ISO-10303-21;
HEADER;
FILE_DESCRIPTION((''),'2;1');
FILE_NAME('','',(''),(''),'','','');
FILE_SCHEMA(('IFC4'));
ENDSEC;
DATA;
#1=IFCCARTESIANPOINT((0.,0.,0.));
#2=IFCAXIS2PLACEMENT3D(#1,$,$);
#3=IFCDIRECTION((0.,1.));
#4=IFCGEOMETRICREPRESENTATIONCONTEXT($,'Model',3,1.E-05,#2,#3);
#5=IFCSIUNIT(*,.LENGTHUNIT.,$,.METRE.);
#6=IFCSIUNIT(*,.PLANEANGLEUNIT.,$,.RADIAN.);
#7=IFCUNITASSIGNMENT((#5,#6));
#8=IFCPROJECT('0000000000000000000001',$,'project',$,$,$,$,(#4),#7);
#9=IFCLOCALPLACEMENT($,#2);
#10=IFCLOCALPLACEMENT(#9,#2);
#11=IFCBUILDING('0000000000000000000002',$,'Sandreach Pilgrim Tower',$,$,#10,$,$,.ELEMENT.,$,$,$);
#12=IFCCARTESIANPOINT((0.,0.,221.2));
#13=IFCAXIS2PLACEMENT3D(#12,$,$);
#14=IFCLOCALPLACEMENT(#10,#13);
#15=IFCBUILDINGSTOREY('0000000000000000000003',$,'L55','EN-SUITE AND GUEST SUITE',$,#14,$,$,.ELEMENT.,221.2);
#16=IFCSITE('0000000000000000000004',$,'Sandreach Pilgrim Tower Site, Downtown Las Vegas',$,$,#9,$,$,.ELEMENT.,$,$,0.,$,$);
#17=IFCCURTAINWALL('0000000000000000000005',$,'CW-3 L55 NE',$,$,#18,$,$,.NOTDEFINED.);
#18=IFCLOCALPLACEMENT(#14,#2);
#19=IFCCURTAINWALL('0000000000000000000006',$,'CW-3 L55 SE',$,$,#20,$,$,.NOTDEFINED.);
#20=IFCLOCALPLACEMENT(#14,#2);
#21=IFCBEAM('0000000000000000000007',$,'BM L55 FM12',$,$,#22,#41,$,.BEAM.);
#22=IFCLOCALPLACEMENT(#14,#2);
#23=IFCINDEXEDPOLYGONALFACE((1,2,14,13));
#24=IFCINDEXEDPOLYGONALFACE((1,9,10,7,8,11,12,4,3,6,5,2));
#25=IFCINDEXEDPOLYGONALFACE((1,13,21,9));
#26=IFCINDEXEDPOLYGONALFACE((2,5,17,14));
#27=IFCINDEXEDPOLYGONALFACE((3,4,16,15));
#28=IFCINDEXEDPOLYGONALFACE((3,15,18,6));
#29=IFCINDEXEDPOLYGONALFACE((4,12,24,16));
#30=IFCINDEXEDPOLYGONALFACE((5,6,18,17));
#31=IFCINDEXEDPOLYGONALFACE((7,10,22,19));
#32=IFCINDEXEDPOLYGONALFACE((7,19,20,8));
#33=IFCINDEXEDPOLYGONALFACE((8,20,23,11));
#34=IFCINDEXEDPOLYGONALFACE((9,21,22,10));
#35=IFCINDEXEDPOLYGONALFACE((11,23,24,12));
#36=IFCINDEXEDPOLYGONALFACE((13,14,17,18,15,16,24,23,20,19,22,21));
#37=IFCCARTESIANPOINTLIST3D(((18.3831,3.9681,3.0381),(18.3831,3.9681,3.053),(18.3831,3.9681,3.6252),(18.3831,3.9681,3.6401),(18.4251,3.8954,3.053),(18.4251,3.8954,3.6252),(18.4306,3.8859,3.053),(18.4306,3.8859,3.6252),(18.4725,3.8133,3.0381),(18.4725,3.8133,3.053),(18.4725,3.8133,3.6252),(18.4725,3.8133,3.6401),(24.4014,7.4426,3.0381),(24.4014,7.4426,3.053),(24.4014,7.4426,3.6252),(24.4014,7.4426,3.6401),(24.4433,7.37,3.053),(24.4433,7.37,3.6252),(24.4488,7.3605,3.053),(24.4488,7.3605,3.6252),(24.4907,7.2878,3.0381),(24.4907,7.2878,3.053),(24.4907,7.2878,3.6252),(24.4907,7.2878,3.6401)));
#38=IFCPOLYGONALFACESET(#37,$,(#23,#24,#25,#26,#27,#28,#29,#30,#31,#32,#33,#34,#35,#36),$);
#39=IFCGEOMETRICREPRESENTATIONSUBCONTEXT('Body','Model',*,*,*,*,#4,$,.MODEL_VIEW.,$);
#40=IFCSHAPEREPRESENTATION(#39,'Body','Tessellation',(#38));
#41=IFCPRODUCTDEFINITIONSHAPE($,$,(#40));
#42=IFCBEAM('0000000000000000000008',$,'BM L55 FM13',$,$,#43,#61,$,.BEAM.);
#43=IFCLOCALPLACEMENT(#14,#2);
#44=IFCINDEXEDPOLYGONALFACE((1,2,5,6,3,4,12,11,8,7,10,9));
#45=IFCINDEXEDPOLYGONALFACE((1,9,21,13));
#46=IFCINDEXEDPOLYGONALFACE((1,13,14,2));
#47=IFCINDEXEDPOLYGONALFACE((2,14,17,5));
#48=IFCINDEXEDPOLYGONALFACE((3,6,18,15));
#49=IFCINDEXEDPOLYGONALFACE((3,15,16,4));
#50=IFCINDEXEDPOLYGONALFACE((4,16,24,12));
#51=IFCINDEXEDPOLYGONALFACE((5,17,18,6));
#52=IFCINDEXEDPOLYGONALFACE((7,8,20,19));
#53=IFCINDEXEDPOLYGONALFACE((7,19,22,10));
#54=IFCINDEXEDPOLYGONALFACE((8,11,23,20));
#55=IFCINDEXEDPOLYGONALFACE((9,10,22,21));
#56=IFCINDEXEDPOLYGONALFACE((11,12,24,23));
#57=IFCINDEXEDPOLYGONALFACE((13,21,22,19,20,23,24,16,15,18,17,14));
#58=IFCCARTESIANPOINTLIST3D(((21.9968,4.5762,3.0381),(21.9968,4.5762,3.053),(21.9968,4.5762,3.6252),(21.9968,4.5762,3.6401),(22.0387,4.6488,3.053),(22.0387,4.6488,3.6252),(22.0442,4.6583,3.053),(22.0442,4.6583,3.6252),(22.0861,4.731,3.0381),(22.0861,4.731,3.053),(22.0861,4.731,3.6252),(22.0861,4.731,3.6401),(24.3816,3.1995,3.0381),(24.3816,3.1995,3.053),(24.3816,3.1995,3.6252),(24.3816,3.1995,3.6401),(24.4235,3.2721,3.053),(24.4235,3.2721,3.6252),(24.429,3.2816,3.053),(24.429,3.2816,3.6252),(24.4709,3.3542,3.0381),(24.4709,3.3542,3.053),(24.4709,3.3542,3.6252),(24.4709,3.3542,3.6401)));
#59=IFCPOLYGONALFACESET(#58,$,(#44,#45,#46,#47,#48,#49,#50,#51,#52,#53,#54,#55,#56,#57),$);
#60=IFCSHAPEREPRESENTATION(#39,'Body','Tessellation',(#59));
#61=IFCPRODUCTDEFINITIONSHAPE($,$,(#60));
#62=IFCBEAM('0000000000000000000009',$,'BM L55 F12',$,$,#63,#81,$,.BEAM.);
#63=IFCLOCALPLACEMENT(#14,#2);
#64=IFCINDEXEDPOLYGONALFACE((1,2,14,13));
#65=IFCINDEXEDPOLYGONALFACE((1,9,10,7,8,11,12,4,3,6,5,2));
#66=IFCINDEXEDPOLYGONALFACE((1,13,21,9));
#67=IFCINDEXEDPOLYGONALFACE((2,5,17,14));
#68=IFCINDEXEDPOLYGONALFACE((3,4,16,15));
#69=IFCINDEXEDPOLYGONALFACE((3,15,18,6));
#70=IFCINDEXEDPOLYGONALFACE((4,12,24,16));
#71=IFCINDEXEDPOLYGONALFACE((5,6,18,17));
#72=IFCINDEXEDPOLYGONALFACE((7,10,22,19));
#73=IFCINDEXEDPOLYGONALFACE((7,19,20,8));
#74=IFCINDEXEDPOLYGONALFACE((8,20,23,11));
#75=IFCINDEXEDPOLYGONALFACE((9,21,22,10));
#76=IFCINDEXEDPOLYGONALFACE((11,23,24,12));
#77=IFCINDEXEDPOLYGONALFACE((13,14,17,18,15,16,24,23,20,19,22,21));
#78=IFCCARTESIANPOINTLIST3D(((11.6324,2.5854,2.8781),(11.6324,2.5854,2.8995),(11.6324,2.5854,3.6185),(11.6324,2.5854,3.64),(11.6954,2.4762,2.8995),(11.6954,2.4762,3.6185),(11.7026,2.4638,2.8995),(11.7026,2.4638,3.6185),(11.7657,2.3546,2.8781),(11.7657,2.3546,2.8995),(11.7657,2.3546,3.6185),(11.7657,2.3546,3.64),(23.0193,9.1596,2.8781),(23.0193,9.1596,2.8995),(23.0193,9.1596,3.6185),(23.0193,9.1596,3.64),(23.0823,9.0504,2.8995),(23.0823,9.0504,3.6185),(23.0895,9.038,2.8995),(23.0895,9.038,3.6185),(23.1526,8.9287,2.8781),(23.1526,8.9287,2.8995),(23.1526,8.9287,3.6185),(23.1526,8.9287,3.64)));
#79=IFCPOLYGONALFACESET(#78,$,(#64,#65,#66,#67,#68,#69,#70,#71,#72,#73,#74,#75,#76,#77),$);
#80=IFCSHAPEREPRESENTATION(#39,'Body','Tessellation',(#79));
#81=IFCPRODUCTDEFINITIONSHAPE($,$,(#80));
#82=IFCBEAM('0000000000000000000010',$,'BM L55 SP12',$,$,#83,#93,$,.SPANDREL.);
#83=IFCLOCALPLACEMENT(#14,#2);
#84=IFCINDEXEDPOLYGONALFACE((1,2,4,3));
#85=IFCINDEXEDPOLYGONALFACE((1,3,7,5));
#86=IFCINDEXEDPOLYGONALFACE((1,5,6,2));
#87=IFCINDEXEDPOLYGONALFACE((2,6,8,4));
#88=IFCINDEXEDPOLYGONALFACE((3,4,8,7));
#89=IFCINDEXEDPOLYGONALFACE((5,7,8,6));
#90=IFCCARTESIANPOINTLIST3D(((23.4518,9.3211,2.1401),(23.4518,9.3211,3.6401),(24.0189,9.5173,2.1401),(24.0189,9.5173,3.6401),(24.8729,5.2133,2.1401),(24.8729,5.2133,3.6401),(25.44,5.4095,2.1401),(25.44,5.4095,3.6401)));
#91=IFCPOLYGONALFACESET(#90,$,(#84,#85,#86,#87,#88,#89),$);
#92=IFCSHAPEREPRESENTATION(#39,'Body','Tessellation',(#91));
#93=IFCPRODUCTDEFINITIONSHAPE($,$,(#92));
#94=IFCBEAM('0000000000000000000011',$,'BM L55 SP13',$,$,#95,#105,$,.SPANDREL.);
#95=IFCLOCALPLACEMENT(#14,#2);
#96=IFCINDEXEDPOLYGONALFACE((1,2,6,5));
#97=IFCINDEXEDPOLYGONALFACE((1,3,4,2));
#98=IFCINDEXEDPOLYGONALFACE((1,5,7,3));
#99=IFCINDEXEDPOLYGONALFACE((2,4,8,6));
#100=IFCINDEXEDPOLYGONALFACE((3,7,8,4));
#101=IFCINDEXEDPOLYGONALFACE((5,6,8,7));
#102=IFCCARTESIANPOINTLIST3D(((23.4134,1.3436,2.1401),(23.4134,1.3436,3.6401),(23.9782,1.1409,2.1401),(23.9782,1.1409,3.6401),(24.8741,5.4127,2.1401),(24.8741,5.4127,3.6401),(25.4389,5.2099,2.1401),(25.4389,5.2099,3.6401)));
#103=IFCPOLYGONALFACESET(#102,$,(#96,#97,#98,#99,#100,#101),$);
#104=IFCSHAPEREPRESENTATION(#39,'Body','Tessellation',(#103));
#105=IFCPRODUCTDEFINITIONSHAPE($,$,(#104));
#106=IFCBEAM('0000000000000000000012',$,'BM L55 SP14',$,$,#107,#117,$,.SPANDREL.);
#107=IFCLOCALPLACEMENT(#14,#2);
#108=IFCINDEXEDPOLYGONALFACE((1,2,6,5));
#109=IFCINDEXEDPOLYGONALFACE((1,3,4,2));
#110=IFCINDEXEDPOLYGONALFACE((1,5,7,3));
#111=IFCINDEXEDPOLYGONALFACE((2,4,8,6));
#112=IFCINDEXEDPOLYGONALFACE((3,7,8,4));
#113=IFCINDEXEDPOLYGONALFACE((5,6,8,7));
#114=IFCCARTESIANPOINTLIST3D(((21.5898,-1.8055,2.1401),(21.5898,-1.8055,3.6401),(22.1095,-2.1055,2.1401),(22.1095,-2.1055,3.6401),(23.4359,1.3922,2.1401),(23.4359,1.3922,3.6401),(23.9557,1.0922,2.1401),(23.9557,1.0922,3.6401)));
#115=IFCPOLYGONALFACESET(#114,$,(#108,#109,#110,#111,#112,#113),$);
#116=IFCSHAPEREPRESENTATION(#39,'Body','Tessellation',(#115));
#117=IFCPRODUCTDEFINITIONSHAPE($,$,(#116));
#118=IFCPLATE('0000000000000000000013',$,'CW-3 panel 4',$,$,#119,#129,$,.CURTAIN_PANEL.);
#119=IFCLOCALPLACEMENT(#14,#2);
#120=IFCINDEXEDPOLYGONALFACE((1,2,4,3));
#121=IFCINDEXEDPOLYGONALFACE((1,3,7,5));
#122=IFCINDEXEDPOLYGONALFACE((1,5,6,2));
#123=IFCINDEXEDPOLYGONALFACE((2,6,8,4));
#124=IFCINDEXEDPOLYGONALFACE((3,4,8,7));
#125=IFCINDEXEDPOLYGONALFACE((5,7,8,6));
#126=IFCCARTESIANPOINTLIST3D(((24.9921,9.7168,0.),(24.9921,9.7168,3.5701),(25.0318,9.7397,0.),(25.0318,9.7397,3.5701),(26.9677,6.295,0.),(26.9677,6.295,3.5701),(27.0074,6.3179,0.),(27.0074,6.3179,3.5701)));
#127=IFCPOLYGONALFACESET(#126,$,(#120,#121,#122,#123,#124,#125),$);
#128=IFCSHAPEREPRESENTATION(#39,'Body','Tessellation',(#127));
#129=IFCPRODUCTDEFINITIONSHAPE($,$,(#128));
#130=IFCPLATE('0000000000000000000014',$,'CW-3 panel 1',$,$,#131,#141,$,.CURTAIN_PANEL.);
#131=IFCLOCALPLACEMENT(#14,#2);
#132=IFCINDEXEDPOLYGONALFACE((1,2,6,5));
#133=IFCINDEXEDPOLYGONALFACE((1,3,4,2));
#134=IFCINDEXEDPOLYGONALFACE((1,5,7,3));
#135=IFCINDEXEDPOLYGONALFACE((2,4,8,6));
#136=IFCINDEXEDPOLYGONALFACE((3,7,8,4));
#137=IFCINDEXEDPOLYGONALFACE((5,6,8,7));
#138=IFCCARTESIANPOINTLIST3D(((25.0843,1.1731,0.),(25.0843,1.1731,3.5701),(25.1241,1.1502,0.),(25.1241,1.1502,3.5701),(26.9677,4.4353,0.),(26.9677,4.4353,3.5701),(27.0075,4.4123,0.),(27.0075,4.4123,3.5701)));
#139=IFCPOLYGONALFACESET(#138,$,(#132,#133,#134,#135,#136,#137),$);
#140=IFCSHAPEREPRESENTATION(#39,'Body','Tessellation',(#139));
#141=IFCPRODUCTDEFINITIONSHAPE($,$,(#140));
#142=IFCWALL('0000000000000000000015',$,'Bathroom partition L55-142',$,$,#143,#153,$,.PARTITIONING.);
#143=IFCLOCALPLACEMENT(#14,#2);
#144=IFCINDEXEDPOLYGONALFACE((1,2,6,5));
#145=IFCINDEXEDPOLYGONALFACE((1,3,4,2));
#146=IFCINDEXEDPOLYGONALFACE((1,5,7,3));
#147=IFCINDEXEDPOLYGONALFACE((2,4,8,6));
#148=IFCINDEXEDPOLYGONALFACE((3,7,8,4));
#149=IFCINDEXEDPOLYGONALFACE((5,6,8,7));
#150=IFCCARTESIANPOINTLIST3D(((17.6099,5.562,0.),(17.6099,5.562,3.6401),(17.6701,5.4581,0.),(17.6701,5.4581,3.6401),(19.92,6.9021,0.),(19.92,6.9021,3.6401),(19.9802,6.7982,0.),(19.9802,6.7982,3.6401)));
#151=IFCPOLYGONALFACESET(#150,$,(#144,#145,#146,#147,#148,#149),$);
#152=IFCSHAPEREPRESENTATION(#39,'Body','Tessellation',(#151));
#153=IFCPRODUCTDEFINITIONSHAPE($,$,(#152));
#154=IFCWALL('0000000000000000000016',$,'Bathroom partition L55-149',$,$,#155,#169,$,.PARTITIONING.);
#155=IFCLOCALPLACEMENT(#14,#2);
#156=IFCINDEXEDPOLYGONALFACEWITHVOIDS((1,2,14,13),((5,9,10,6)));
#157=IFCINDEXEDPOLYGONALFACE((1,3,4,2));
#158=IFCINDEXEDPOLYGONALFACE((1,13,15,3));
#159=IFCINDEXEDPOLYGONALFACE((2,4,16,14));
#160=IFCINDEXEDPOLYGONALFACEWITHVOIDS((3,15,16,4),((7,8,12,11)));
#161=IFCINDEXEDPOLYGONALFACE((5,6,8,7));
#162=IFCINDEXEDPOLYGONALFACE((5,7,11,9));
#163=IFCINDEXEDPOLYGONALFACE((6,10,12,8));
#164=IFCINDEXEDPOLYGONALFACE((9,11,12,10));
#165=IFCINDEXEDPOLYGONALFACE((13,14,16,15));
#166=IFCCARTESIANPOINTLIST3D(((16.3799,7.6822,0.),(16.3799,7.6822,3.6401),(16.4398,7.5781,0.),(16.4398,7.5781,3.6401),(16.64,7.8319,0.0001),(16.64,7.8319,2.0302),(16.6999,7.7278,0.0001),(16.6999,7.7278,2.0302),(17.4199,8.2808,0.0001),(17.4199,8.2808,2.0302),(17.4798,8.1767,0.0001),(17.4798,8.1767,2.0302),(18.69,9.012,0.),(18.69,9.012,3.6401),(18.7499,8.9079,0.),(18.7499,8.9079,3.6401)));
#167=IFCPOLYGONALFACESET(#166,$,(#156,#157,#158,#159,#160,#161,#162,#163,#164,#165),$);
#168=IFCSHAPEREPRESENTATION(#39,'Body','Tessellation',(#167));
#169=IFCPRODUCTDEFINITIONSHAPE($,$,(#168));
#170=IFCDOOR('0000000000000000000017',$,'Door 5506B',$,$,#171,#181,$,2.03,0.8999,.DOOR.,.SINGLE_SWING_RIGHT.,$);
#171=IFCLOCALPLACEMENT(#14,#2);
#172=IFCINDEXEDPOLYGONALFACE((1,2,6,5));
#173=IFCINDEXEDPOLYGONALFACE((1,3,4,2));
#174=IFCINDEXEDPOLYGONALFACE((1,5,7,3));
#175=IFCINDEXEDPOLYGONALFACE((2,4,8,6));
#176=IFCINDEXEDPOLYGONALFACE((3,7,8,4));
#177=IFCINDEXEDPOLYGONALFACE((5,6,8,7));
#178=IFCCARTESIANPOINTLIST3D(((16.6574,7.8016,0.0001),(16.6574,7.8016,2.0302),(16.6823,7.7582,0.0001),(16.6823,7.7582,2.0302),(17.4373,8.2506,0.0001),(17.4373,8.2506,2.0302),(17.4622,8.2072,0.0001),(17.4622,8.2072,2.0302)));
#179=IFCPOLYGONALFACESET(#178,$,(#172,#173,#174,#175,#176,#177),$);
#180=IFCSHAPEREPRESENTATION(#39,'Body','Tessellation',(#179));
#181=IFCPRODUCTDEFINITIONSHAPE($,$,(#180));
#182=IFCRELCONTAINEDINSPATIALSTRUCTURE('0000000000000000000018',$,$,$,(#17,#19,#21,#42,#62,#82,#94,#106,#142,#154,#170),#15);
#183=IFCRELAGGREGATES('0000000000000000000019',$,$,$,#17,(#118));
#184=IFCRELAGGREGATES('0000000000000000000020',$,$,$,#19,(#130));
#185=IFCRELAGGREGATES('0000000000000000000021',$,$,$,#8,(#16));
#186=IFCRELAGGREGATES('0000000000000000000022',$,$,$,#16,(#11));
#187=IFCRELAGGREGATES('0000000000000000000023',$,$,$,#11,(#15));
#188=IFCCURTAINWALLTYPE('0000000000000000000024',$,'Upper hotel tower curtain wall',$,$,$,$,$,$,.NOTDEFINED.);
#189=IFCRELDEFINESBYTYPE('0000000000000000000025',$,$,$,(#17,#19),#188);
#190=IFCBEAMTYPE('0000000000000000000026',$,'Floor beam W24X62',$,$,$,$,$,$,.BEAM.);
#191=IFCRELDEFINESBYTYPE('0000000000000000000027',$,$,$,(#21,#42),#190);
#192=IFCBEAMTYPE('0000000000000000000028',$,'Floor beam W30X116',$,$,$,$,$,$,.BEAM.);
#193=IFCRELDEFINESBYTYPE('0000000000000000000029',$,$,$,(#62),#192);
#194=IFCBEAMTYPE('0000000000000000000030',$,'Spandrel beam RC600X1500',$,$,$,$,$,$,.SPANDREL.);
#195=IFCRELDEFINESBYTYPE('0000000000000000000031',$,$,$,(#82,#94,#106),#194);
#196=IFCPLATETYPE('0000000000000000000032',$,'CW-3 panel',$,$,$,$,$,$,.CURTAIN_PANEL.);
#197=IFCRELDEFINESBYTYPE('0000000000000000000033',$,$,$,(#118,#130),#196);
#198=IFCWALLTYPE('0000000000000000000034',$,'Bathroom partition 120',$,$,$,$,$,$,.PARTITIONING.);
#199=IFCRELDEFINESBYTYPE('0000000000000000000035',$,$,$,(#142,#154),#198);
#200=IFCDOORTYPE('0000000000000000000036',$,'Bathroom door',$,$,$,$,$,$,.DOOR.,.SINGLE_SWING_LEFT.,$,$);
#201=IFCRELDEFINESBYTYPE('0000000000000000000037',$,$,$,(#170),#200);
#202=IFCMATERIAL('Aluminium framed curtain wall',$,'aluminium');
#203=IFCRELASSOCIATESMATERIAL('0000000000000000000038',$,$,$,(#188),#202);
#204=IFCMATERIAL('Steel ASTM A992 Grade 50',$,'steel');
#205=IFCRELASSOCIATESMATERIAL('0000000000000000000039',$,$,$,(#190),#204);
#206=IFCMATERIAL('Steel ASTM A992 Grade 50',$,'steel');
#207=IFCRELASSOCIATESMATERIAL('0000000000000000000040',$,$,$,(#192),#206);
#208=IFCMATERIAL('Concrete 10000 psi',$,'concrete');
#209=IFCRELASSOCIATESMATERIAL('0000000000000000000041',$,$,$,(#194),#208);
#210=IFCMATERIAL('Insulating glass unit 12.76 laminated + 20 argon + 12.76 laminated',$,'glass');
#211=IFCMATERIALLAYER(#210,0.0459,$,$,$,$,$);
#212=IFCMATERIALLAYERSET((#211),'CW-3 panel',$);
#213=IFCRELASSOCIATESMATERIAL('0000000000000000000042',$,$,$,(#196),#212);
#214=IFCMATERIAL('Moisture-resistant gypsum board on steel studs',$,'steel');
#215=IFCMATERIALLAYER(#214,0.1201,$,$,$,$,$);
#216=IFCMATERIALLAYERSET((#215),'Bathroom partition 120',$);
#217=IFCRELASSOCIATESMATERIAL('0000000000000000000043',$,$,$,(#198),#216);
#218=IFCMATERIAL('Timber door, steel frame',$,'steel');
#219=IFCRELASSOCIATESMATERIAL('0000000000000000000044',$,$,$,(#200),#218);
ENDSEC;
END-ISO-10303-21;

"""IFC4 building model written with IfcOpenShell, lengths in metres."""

from ifc_helpers import new_model, si_unit, direction, frame, frame_2d, origin, origin_2d, place, context, subcontext, project, spatial, rectangle, i_section, extrude, material, layer, layer_set, material_profile, profile_set, type_object, element, fill, aggregate, save


model = new_model("IFC4")

# Units and contexts
model_context = context("Model", 3, precision=1e-05, world=origin(), true_north=direction((0.0, 1.0)))
body_context = subcontext(model_context, "Body", "Model", "MODEL_VIEW")
ifc_project = project(units=[si_unit("LENGTHUNIT", "METRE"), si_unit("PLANEANGLEUNIT", "RADIAN")], contexts=[model_context])

# Site, building, storey
site_placement = place(None, origin())
site = spatial("IfcSite", under=ifc_project, at=site_placement, Name="Sandreach Pilgrim Tower Site, Downtown Las Vegas", CompositionType="ELEMENT", RefElevation=0.0)
building_placement = place(site_placement, origin())
building = spatial("IfcBuilding", under=site, at=building_placement, Name="Sandreach Pilgrim Tower", CompositionType="ELEMENT")
storey_placement = place(building_placement, frame((0.0, 0.0, 221.2)))
storey = spatial("IfcBuildingStorey", under=building, at=storey_placement, Name="L55", Description="EN-SUITE AND GUEST SUITE", CompositionType="ELEMENT", Elevation=221.2)

# Curtain wall
ifc_material_1 = material(Name="Aluminium framed curtain wall", Category="aluminium")
curtain_wall_type = type_object("IfcCurtainWallType", Name="Upper hotel tower curtain wall", PredefinedType="NOTDEFINED", material=ifc_material_1)
curtain_wall_1_placement = place(storey_placement, origin())
curtain_wall_1 = element("IfcCurtainWall", 1, at=curtain_wall_1_placement, inside=storey, type_object=curtain_wall_type, Name="CW-3 L55 NE", PredefinedType="NOTDEFINED")

# Curtain wall
curtain_wall_2_placement = place(storey_placement, origin())
curtain_wall_2 = element("IfcCurtainWall", 2, at=curtain_wall_2_placement, inside=storey, type_object=curtain_wall_type, Name="CW-3 L55 SE", PredefinedType="NOTDEFINED")

# Beams
ifc_material_2 = material(Name="Steel ASTM A992 Grade 50", Category="steel")
ifc_material_profile_1 = material_profile(ifc_material_2, i_section(OverallWidth=0.1787, OverallDepth=0.6021, WebThickness=0.011, FlangeThickness=0.0149, at=origin_2d()), Name="W24X62")
ifc_profile_set_1 = profile_set([ifc_material_profile_1], Name="Steel ASTM A992 Grade 50")
beam_type_1 = type_object("IfcBeamType", Name="Floor beam W24X62", PredefinedType="BEAM", material=ifc_profile_set_1)
beam_1_placement = place(storey_placement, frame((24.446, 7.3652, 3.3391), z_axis=(-0.866029, -0.499993, 0.0), x_axis=(0.499993, -0.866029, 0.0)))
element("IfcBeam", 3, at=beam_1_placement, inside=storey, type_object=beam_type_1, Name="BM L55 FM12", PredefinedType="BEAM", context=body_context, shape_type="SweptSolid", body=[
    extrude(i_section(OverallWidth=0.1787, OverallDepth=0.6021, WebThickness=0.011, FlangeThickness=0.0149, at=origin_2d()), origin(), (0.0, 0.0, 1.0), 6.9492),
])
beam_2_placement = place(storey_placement, frame((24.4263, 3.2769, 3.3391), z_axis=(-0.866047, 0.499963, 0.0), x_axis=(-0.499963, -0.866047, 0.0)))
element("IfcBeam", 4, at=beam_2_placement, inside=storey, type_object=beam_type_1, Name="BM L55 FM13", PredefinedType="BEAM", context=body_context, shape_type="SweptSolid", body=[
    extrude(i_section(OverallWidth=0.1787, OverallDepth=0.6021, WebThickness=0.011, FlangeThickness=0.0149, at=origin_2d()), origin(), (0.0, 0.0, 1.0), 2.7537),
])
ifc_material_3 = material(Name="Steel ASTM A992 Grade 50", Category="steel")
ifc_material_profile_2 = material_profile(ifc_material_3, i_section(OverallWidth=0.2666, OverallDepth=0.762, WebThickness=0.0144, FlangeThickness=0.0215, at=origin_2d()), Name="W30X116")
ifc_profile_set_2 = profile_set([ifc_material_profile_2], Name="Steel ASTM A992 Grade 50")
beam_type_2 = type_object("IfcBeamType", Name="Floor beam W30X116", PredefinedType="BEAM", material=ifc_profile_set_2)
beam_3_placement = place(storey_placement, frame((23.0859, 9.0442, 3.259), z_axis=(-0.866027, -0.499997, 0.0), x_axis=(0.499997, -0.866027, 0.0)))
element("IfcBeam", 5, at=beam_3_placement, inside=storey, type_object=beam_type_2, Name="BM L55 F12", PredefinedType="BEAM", context=body_context, shape_type="SweptSolid", body=[
    extrude(i_section(OverallWidth=0.2666, OverallDepth=0.762, WebThickness=0.0144, FlangeThickness=0.0215, at=origin_2d()), origin(), (0.0, 0.0, 1.0), 13.1484),
])
ifc_material_4 = material(Name="Concrete 10000 psi", Category="concrete")
ifc_material_profile_3 = material_profile(ifc_material_4, rectangle(XDim=0.6001, YDim=1.5, at=origin_2d()), Name="RC600X1500")
ifc_profile_set_3 = profile_set([ifc_material_profile_3], Name="Concrete 10000 psi")
beam_type_3 = type_object("IfcBeamType", Name="Spandrel beam RC600X1500", PredefinedType="SPANDREL", material=ifc_profile_set_3)
beam_4_placement = place(storey_placement, frame((23.7354, 9.4192, 2.8901), z_axis=(0.326941, -0.945045, 0.0), x_axis=(0.945045, 0.326941, 0.0)))
element("IfcBeam", 6, at=beam_4_placement, inside=storey, type_object=beam_type_3, Name="BM L55 SP12", PredefinedType="SPANDREL", context=body_context, shape_type="SweptSolid", body=[
    extrude(rectangle(XDim=0.6001, YDim=1.5, at=origin_2d()), origin(), (0.0, 0.0, 1.0), 4.3467),
])
beam_5_placement = place(storey_placement, frame((25.1565, 5.3113, 2.8901), z_axis=(-0.337863, -0.941195, 0.0), x_axis=(0.941195, -0.337863, 0.0)))
element("IfcBeam", 7, at=beam_5_placement, inside=storey, type_object=beam_type_3, Name="BM L55 SP13", PredefinedType="SPANDREL", context=body_context, shape_type="SweptSolid", body=[
    extrude(rectangle(XDim=0.6001, YDim=1.5, at=origin_2d()), origin(), (0.0, 0.0, 1.0), 4.3232),
])
beam_6_placement = place(storey_placement, frame((23.6958, 1.2422, 2.8901), z_axis=(-0.499993, -0.866029, 0.0), x_axis=(0.866029, -0.499993, 0.0)))
element("IfcBeam", 8, at=beam_6_placement, inside=storey, type_object=beam_type_3, Name="BM L55 SP14", PredefinedType="SPANDREL", context=body_context, shape_type="SweptSolid", body=[
    extrude(rectangle(XDim=0.6001, YDim=1.5, at=origin_2d()), origin(), (0.0, 0.0, 1.0), 3.6924),
])

# Plates
ifc_material_5 = material(Name="Insulating glass unit 12.76 laminated + 20 argon + 12.76 laminated", Category="glass")
ifc_layer_1 = layer(ifc_material_5, 0.0459)
ifc_layer_set_1 = layer_set([ifc_layer_1], Name="CW-3 panel")
plate_type = type_object("IfcPlateType", Name="CW-3 panel", PredefinedType="CURTAIN_PANEL", material=ifc_layer_set_1)
plate_1_placement = place(storey_placement, frame((25.9998, 8.0173, 0.0), z_axis=(0.0, 0.0, 1.0), x_axis=(0.5, -0.866025, 0.0)))
plate_1 = element("IfcPlate", 9, at=plate_1_placement, type_object=plate_type, Name="CW-3 panel 4", PredefinedType="CURTAIN_PANEL", context=body_context, shape_type="SweptSolid", body=[
    extrude(rectangle(XDim=3.9512, YDim=0.0459, at=origin_2d()), origin(), (0.0, 0.0, 1.0), 3.5701),
])
aggregate(curtain_wall_1, [plate_1])
plate_2_placement = place(storey_placement, frame((26.0459, 2.7927, 0.0), z_axis=(0.0, 0.0, 1.0), x_axis=(-0.5, -0.866025, 0.0)))
plate_2 = element("IfcPlate", 10, at=plate_2_placement, type_object=plate_type, Name="CW-3 panel 1", PredefinedType="CURTAIN_PANEL", context=body_context, shape_type="SweptSolid", body=[
    extrude(rectangle(XDim=3.7668, YDim=0.0459, at=origin_2d()), origin(), (0.0, 0.0, 1.0), 3.5701),
])
aggregate(curtain_wall_2, [plate_2])

# Wall
ifc_material_6 = material(Name="Moisture-resistant gypsum board on steel studs", Category="steel")
ifc_layer_2 = layer(ifc_material_6, 0.1201)
ifc_layer_set_2 = layer_set([ifc_layer_2], Name="Bathroom partition 120")
wall_type_1 = type_object("IfcWallType", Name="Bathroom partition 120", PredefinedType="PARTITIONING", material=ifc_layer_set_2)
wall_1_placement = place(storey_placement, frame((17.6399, 5.51, 0.0), z_axis=(0.0, 0.0, 1.0), x_axis=(0.86499, 0.501789, 0.0)))
element("IfcWall", 11, at=wall_1_placement, inside=storey, type_object=wall_type_1, Name="Bathroom partition L55-142", PredefinedType="PARTITIONING", context=body_context, shape_type="SweptSolid", body=[
    extrude(rectangle(XDim=2.6707, YDim=0.1201, at=frame_2d((1.3354, 0.0))), origin(), (0.0, 0.0, 1.0), 3.6401),
])

# Wall, opening, door
wall_2_placement = place(storey_placement, frame((18.72, 8.96, 0.0), z_axis=(0.0, 0.0, 1.0), x_axis=(-0.866655, -0.498908, 0.0)))
wall_2 = element("IfcWall", 12, at=wall_2_placement, inside=storey, type_object=wall_type_1, Name="Bathroom partition L55-149", PredefinedType="PARTITIONING", context=body_context, shape_type="SweptSolid", body=[
    extrude(rectangle(XDim=2.6655, YDim=0.1201, at=frame_2d((1.3328, 0.0))), origin(), (0.0, 0.0, 1.0), 3.6401),
])
opening_1_placement = place(wall_2_placement, frame((1.4656, 0.0, 0.0)))
opening_1 = element("IfcOpeningElement", 13, at=opening_1_placement, cuts=wall_2, PredefinedType="OPENING", context=body_context, shape_type="SweptSolid", body=[
    extrude(rectangle(XDim=0.8999, YDim=2.03, at=frame_2d((0.45, 1.0151))), frame((0.0, 0.0601, 0.0), z_axis=(0.0, -1.0, 0.0), x_axis=(1.0, 0.0, 0.0)), (0.0, 0.0, 1.0), 0.1201),
])
ifc_material_7 = material(Name="Timber door, steel frame", Category="steel")
door_type = type_object("IfcDoorType", Name="Bathroom door", OperationType="SINGLE_SWING_LEFT", PredefinedType="DOOR", material=ifc_material_7)
door_1_placement = place(opening_1_placement, origin())
door_1 = element("IfcDoor", 14, at=door_1_placement, inside=storey, type_object=door_type, Name="Door 5506B", OperationType="SINGLE_SWING_RIGHT", OverallHeight=2.03, OverallWidth=0.8999, PredefinedType="DOOR", context=body_context, shape_type="SweptSolid", body=[
    extrude(rectangle(XDim=0.8999, YDim=2.03, at=frame_2d((0.45, 1.0151))), frame((0.0, 0.0249, 0.0), z_axis=(0.0, -1.0, 0.0), x_axis=(1.0, 0.0, 0.0)), (0.0, 0.0, 1.0), 0.05),
])
fill(opening_1, door_1)

save(model, "model.ifc")
